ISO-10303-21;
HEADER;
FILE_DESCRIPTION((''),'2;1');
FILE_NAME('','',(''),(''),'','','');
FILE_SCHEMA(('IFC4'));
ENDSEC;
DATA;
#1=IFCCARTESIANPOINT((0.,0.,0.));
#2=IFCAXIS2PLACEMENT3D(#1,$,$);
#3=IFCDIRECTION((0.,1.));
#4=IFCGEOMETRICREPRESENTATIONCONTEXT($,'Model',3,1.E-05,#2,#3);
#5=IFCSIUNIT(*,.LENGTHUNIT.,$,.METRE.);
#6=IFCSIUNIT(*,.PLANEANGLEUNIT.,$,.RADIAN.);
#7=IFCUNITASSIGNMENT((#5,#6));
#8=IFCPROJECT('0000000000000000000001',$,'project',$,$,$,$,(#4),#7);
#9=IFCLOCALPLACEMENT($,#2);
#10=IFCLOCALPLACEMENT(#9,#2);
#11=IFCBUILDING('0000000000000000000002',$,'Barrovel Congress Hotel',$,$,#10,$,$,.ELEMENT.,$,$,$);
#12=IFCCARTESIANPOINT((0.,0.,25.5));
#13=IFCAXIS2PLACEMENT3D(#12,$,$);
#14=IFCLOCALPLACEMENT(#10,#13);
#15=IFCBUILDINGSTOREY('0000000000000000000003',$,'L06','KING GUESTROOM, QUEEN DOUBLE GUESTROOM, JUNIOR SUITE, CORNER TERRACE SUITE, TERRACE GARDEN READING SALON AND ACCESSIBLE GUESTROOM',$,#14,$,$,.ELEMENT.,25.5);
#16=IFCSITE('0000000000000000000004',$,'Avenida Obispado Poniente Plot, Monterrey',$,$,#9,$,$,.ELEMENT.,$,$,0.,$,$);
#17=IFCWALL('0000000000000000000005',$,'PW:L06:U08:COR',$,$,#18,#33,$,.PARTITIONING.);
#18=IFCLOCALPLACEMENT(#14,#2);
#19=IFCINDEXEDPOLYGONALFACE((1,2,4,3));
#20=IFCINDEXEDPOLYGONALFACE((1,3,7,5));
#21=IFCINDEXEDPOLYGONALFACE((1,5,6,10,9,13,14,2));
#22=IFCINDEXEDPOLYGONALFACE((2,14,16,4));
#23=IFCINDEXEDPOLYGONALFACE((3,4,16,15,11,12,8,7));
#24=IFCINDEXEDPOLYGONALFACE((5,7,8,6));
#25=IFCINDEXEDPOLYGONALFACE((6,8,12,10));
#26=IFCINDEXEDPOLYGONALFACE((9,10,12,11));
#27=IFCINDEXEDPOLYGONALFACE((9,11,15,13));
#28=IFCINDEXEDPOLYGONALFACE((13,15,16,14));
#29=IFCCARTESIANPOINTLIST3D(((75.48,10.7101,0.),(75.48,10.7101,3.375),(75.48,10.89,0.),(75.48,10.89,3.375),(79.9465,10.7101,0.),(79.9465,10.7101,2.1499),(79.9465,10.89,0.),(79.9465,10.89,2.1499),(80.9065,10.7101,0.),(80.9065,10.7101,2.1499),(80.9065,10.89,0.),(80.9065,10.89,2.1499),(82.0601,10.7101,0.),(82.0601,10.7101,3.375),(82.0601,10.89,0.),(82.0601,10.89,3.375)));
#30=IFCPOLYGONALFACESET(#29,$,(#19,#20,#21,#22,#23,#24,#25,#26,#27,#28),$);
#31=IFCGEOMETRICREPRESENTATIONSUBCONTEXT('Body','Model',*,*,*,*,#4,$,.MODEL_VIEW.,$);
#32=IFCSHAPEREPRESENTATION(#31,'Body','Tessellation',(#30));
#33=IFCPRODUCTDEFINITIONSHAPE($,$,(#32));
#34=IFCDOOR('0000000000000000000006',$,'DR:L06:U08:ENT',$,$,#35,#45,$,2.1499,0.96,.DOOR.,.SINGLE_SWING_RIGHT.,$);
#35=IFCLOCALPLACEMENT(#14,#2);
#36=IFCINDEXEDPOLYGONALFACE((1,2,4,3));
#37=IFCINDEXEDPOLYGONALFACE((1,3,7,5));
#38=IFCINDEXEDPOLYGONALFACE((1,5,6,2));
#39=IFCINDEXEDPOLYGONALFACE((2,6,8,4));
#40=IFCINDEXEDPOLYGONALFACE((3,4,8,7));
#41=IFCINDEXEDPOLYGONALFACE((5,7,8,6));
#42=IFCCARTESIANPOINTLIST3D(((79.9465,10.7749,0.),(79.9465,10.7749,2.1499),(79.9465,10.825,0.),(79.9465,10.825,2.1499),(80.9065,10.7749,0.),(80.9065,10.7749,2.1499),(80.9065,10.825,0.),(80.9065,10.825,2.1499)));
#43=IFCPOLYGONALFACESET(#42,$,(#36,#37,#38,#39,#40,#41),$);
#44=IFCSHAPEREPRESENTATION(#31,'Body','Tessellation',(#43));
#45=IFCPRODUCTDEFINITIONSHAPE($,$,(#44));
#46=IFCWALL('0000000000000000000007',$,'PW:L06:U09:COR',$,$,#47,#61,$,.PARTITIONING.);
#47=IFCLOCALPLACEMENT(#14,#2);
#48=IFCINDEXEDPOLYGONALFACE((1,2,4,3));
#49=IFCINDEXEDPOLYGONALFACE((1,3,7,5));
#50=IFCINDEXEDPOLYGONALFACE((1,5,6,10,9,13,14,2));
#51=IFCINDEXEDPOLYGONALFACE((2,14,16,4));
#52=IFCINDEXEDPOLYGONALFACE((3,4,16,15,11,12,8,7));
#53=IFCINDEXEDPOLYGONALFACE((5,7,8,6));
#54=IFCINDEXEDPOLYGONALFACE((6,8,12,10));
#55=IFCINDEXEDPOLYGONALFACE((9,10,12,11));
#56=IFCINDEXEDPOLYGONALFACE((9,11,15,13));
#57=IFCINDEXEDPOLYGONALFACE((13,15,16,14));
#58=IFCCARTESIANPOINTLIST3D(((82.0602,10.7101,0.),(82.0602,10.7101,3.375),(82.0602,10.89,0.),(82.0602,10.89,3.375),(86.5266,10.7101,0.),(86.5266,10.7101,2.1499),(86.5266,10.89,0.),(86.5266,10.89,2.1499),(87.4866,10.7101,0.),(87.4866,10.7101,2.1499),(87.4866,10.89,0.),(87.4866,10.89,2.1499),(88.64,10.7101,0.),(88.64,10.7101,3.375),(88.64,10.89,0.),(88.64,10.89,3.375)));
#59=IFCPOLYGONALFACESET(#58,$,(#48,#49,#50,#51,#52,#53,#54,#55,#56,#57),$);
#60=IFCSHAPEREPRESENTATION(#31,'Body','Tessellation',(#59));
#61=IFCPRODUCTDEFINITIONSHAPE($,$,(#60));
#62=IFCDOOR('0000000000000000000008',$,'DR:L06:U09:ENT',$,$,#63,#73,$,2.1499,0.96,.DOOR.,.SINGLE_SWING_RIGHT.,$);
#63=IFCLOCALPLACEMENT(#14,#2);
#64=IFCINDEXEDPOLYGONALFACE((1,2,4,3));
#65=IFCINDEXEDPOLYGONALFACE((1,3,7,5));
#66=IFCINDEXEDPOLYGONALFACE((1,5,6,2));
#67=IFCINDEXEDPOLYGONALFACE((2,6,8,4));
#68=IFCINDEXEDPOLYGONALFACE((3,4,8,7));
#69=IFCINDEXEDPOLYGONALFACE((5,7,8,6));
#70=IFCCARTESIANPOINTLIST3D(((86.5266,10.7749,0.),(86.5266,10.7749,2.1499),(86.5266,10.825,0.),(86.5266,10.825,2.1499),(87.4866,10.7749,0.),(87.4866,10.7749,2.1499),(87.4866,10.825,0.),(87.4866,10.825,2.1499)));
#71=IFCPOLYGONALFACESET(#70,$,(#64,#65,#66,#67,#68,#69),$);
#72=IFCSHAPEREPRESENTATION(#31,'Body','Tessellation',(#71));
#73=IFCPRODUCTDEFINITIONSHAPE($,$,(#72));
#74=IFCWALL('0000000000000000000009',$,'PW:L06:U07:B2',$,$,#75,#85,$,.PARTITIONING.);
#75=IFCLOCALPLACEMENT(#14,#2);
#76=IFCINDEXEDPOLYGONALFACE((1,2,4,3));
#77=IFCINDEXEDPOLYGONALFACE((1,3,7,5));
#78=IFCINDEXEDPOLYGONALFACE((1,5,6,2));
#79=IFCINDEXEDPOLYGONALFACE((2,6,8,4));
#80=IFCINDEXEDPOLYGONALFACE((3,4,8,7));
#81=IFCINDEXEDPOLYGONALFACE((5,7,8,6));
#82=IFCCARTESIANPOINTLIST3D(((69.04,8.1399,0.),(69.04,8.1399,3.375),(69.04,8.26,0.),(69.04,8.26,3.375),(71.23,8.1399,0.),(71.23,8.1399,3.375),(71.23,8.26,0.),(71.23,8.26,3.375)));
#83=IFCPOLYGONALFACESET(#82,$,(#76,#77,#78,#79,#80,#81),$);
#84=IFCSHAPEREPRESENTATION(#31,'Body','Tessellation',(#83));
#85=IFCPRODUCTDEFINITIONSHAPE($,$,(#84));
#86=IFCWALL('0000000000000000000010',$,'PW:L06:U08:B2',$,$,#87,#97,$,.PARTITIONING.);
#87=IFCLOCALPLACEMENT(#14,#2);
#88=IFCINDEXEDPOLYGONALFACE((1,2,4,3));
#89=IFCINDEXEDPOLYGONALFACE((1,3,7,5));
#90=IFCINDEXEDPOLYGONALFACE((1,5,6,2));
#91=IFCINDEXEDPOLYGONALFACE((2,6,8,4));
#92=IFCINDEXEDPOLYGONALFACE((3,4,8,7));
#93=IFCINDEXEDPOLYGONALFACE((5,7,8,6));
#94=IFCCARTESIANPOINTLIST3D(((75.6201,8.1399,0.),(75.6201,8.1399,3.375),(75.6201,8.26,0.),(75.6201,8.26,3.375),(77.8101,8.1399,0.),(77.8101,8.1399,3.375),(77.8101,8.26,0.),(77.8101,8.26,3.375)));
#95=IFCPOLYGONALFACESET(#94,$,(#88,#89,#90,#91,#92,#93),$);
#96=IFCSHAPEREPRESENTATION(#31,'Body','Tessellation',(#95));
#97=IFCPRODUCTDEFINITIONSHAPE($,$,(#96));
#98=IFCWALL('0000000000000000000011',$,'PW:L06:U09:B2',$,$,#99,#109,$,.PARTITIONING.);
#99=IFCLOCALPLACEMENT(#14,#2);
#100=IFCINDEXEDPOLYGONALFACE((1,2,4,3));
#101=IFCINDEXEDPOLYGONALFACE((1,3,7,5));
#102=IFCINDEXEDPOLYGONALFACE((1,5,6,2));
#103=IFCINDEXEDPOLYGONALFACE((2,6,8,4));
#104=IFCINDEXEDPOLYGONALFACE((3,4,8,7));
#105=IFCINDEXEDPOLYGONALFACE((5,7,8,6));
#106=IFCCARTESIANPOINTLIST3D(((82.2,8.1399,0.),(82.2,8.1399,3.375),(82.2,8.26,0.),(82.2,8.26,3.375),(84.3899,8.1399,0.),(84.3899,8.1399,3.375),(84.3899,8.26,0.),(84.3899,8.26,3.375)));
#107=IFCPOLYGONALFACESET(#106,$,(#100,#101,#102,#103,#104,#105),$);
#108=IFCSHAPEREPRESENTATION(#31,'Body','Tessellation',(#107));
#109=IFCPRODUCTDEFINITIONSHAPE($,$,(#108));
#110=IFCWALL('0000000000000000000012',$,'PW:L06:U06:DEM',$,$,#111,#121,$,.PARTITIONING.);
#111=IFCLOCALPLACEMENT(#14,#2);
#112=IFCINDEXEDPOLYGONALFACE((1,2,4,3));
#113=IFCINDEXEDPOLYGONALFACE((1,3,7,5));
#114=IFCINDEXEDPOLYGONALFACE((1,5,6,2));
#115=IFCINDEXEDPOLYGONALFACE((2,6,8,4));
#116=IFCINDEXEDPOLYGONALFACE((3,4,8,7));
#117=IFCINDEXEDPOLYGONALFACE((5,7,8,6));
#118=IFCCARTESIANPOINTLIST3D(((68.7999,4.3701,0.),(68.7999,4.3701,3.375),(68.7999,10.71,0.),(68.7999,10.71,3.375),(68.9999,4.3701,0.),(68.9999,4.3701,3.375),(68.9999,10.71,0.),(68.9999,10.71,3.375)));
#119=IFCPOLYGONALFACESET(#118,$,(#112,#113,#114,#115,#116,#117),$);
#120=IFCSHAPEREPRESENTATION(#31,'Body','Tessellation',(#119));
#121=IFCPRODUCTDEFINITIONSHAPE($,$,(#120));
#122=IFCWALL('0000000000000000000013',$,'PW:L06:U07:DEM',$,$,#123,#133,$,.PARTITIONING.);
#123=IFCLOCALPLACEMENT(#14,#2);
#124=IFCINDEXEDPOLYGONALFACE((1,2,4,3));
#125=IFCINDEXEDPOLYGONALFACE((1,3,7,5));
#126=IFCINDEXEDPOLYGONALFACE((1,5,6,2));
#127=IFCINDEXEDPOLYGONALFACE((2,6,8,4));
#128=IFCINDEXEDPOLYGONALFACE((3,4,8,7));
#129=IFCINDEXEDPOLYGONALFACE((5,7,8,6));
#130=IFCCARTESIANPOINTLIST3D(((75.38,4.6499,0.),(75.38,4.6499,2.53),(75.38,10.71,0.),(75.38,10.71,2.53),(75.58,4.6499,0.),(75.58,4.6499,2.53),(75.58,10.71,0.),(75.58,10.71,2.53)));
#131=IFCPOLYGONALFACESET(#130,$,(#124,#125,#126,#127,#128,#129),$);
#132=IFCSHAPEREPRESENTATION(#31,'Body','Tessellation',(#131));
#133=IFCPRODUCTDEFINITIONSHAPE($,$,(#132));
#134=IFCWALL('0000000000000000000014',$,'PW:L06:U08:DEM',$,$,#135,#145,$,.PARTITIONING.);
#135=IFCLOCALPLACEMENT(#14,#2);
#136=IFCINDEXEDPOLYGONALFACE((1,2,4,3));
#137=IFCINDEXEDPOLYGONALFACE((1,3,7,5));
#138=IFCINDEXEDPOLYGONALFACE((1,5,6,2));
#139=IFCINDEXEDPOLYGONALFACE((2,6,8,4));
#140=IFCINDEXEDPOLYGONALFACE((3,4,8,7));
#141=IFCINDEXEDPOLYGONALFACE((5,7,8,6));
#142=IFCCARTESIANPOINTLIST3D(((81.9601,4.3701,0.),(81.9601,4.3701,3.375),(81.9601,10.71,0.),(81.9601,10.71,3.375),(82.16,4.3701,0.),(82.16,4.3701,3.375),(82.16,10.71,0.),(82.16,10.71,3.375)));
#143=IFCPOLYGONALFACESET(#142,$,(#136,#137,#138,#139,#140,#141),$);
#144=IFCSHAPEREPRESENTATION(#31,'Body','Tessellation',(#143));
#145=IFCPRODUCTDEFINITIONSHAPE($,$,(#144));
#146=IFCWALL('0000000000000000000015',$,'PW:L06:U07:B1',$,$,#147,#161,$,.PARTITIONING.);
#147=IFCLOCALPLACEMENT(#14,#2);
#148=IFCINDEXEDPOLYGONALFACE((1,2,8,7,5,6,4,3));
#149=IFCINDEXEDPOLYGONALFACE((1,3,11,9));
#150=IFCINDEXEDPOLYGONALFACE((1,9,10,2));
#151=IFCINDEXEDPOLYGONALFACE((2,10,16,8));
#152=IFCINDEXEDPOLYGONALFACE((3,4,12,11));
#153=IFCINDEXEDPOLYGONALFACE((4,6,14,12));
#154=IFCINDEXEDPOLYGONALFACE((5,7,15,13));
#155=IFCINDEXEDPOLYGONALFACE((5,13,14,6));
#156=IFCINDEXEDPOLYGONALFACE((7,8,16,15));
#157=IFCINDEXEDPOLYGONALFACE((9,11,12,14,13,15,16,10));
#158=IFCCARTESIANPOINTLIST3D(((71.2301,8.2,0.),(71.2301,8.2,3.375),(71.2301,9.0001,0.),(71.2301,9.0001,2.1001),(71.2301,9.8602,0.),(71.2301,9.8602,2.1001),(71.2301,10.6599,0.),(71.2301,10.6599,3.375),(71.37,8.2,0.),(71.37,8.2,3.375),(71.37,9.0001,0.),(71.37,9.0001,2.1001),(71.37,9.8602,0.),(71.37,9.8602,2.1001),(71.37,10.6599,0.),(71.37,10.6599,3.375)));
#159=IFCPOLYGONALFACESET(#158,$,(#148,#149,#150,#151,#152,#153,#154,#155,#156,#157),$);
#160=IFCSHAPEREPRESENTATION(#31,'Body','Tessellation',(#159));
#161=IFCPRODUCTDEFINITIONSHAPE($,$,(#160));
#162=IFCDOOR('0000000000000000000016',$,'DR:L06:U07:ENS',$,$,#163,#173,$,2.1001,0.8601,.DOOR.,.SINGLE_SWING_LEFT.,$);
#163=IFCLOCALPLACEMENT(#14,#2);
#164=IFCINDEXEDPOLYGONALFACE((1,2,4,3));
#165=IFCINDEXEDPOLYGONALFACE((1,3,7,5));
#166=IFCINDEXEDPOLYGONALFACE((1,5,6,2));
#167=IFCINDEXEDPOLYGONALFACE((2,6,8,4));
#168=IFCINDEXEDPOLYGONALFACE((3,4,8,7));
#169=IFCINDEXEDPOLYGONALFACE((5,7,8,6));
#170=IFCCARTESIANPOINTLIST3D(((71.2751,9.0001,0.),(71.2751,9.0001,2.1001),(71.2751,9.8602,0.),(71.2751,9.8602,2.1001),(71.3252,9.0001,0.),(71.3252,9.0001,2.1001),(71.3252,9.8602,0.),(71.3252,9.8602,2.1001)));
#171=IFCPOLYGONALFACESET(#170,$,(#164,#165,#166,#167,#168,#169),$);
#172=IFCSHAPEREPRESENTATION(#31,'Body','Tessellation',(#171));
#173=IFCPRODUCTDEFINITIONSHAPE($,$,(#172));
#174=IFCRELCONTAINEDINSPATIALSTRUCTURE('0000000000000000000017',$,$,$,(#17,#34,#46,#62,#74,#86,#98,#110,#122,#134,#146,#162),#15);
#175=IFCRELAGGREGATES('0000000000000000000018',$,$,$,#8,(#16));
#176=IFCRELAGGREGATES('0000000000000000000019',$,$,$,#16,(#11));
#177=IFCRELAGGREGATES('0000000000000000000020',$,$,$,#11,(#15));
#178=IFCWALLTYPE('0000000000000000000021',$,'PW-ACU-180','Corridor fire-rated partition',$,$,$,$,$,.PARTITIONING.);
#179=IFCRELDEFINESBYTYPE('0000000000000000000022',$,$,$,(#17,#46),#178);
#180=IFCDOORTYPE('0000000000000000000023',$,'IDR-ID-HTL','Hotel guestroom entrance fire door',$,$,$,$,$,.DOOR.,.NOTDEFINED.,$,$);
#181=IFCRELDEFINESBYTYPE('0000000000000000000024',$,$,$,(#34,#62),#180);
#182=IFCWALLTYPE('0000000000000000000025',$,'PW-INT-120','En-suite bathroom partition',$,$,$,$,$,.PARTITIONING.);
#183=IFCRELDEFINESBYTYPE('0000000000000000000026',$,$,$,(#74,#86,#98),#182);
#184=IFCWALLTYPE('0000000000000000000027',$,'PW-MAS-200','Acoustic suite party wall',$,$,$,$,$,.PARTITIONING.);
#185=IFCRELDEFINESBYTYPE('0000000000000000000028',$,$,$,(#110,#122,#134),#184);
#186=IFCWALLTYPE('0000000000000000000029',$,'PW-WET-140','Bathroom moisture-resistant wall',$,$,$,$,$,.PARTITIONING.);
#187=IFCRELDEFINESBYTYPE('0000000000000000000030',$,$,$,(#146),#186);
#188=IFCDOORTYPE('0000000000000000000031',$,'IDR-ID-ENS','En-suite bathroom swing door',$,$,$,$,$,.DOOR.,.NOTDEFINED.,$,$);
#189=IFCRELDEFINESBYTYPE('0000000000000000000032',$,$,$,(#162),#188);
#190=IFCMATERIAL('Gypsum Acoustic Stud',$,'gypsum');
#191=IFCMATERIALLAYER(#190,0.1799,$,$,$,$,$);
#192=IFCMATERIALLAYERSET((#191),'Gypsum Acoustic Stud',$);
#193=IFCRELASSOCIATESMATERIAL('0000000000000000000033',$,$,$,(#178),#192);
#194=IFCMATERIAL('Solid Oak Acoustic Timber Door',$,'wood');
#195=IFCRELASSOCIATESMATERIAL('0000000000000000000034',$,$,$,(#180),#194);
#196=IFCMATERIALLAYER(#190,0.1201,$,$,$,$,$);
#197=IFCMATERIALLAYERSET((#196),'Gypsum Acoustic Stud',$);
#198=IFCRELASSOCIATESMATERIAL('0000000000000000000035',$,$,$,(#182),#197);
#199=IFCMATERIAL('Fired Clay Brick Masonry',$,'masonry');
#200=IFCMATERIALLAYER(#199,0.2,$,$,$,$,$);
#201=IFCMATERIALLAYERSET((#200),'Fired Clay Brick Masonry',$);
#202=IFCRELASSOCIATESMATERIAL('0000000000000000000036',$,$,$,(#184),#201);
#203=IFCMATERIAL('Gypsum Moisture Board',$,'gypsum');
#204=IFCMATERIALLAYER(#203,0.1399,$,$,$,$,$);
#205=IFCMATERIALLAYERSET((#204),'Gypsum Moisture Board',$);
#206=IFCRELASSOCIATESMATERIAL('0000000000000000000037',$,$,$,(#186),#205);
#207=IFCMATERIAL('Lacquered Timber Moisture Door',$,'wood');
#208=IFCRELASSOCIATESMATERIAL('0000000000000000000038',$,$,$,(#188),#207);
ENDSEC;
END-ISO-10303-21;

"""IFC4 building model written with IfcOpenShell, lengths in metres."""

from ifc_helpers import new_model, si_unit, direction, frame, frame_2d, origin, place, context, subcontext, project, spatial, rectangle, extrude, material, layer, layer_set, type_object, element, fill, save


model = new_model("IFC4")

# Units and contexts
model_context = context("Model", 3, precision=1e-05, world=origin(), true_north=direction((0.0, 1.0)))
body_context = subcontext(model_context, "Body", "Model", "MODEL_VIEW")
ifc_project = project(units=[si_unit("LENGTHUNIT", "METRE"), si_unit("PLANEANGLEUNIT", "RADIAN")], contexts=[model_context])

# Site, building, storey
site_placement = place(None, origin())
site = spatial("IfcSite", under=ifc_project, at=site_placement, Name="Avenida Obispado Poniente Plot, Monterrey", CompositionType="ELEMENT", RefElevation=0.0)
building_placement = place(site_placement, origin())
building = spatial("IfcBuilding", under=site, at=building_placement, Name="Barrovel Congress Hotel", CompositionType="ELEMENT")
storey_placement = place(building_placement, frame((0.0, 0.0, 25.5)))
storey = spatial("IfcBuildingStorey", under=building, at=storey_placement, Name="L06", Description="KING GUESTROOM, QUEEN DOUBLE GUESTROOM, JUNIOR SUITE, CORNER TERRACE SUITE, TERRACE GARDEN READING SALON AND ACCESSIBLE GUESTROOM", CompositionType="ELEMENT", Elevation=25.5)

# Walls, openings, doors
ifc_material_1 = material(Name="Gypsum Acoustic Stud", Category="gypsum")
ifc_layer_1 = layer(ifc_material_1, 0.1799)
ifc_layer_set_1 = layer_set([ifc_layer_1], Name="Gypsum Acoustic Stud")
wall_type_1 = type_object("IfcWallType", Name="PW-ACU-180", Description="Corridor fire-rated partition", PredefinedType="PARTITIONING", material=ifc_layer_set_1)
ifc_material_2 = material(Name="Solid Oak Acoustic Timber Door", Category="wood")
door_type_1 = type_object("IfcDoorType", Name="IDR-ID-HTL", Description="Hotel guestroom entrance fire door", OperationType="NOTDEFINED", PredefinedType="DOOR", material=ifc_material_2)
wall_1_placement = place(storey_placement, frame((75.48, 10.8, 0.0), z_axis=(0.0, 0.0, 1.0), x_axis=(1.0, 0.0, 0.0)))
wall_1 = element("IfcWall", 1, at=wall_1_placement, inside=storey, type_object=wall_type_1, Name="PW:L06:U08:COR", PredefinedType="PARTITIONING", context=body_context, shape_type="SweptSolid", body=[
    extrude(rectangle(XDim=6.5801, YDim=0.1799, at=frame_2d((3.29, 0.0))), origin(), (0.0, 0.0, 1.0), 3.375),
])
opening_1_placement = place(wall_1_placement, frame((4.4666, 0.0, 0.0)))
opening_1 = element("IfcOpeningElement", 2, at=opening_1_placement, cuts=wall_1, PredefinedType="OPENING", context=body_context, shape_type="SweptSolid", body=[
    extrude(rectangle(XDim=0.96, YDim=2.1499, at=frame_2d((0.48, 1.075))), frame((0.0, 0.1001, 0.0), z_axis=(0.0, -1.0, 0.0), x_axis=(1.0, 0.0, 0.0)), (0.0, 0.0, 1.0), 0.2),
])
door_1_placement = place(opening_1_placement, origin())
door_1 = element("IfcDoor", 3, at=door_1_placement, inside=storey, type_object=door_type_1, Name="DR:L06:U08:ENT", OperationType="SINGLE_SWING_RIGHT", OverallHeight=2.1499, OverallWidth=0.96, PredefinedType="DOOR", context=body_context, shape_type="SweptSolid", body=[
    extrude(rectangle(XDim=0.96, YDim=2.1499, at=frame_2d((0.48, 1.075))), frame((0.0, 0.0249, 0.0), z_axis=(0.0, -1.0, 0.0), x_axis=(1.0, 0.0, 0.0)), (0.0, 0.0, 1.0), 0.05),
])
fill(opening_1, door_1)
wall_2_placement = place(storey_placement, frame((82.0601, 10.8, 0.0), z_axis=(0.0, 0.0, 1.0), x_axis=(1.0, 0.0, 0.0)))
wall_2 = element("IfcWall", 4, at=wall_2_placement, inside=storey, type_object=wall_type_1, Name="PW:L06:U09:COR", PredefinedType="PARTITIONING", context=body_context, shape_type="SweptSolid", body=[
    extrude(rectangle(XDim=6.5798, YDim=0.1799, at=frame_2d((3.29, 0.0))), origin(), (0.0, 0.0, 1.0), 3.375),
])
opening_2_placement = place(wall_2_placement, frame((4.4666, 0.0, 0.0)))
opening_2 = element("IfcOpeningElement", 5, at=opening_2_placement, cuts=wall_2, PredefinedType="OPENING", context=body_context, shape_type="SweptSolid", body=[
    extrude(rectangle(XDim=0.96, YDim=2.1499, at=frame_2d((0.48, 1.075))), frame((0.0, 0.1001, 0.0), z_axis=(0.0, -1.0, 0.0), x_axis=(1.0, 0.0, 0.0)), (0.0, 0.0, 1.0), 0.2),
])
door_2_placement = place(opening_2_placement, origin())
door_2 = element("IfcDoor", 6, at=door_2_placement, inside=storey, type_object=door_type_1, Name="DR:L06:U09:ENT", OperationType="SINGLE_SWING_RIGHT", OverallHeight=2.1499, OverallWidth=0.96, PredefinedType="DOOR", context=body_context, shape_type="SweptSolid", body=[
    extrude(rectangle(XDim=0.96, YDim=2.1499, at=frame_2d((0.48, 1.075))), frame((0.0, 0.0249, 0.0), z_axis=(0.0, -1.0, 0.0), x_axis=(1.0, 0.0, 0.0)), (0.0, 0.0, 1.0), 0.05),
])
fill(opening_2, door_2)

# Walls
ifc_layer_2 = layer(ifc_material_1, 0.1201)
ifc_layer_set_2 = layer_set([ifc_layer_2], Name="Gypsum Acoustic Stud")
wall_type_2 = type_object("IfcWallType", Name="PW-INT-120", Description="En-suite bathroom partition", PredefinedType="PARTITIONING", material=ifc_layer_set_2)
for number, where, z_axis, x_axis, name in (
    (7, (69.04, 8.2, 0.0), (0.0, 0.0, 1.0), (1.0, 0.0, 0.0), "PW:L06:U07:B2"),
    (8, (75.6201, 8.2, 0.0), (0.0, 0.0, 1.0), (1.0, 0.0, 0.0), "PW:L06:U08:B2"),
    (9, (82.2, 8.2, 0.0), (0.0, 0.0, 1.0), (1.0, 0.0, 0.0), "PW:L06:U09:B2"),
):
    element("IfcWall", number, at=place(storey_placement, frame(where, z_axis=z_axis, x_axis=x_axis)), inside=storey, type_object=wall_type_2, Name=name, PredefinedType="PARTITIONING", context=body_context, shape_type="SweptSolid", body=[
        extrude(rectangle(XDim=2.1899, YDim=0.1201, at=frame_2d((1.095, 0.0))), origin(), (0.0, 0.0, 1.0), 3.375),
    ])
ifc_material_3 = material(Name="Fired Clay Brick Masonry", Category="masonry")
ifc_layer_3 = layer(ifc_material_3, 0.2)
ifc_layer_set_3 = layer_set([ifc_layer_3], Name="Fired Clay Brick Masonry")
wall_type_3 = type_object("IfcWallType", Name="PW-MAS-200", Description="Acoustic suite party wall", PredefinedType="PARTITIONING", material=ifc_layer_set_3)
wall_3_placement = place(storey_placement, frame((68.8999, 4.3701, 0.0), z_axis=(0.0, 0.0, 1.0), x_axis=(0.0, 1.0, 0.0)))
element("IfcWall", 10, at=wall_3_placement, inside=storey, type_object=wall_type_3, Name="PW:L06:U06:DEM", PredefinedType="PARTITIONING", context=body_context, shape_type="SweptSolid", body=[
    extrude(rectangle(XDim=6.3398, YDim=0.2, at=frame_2d((3.1699, 0.0))), origin(), (0.0, 0.0, 1.0), 3.375),
])
wall_4_placement = place(storey_placement, frame((75.48, 4.6499, 0.0), z_axis=(0.0, 0.0, 1.0), x_axis=(0.0, 1.0, 0.0)))
element("IfcWall", 11, at=wall_4_placement, inside=storey, type_object=wall_type_3, Name="PW:L06:U07:DEM", PredefinedType="PARTITIONING", context=body_context, shape_type="SweptSolid", body=[
    extrude(rectangle(XDim=6.0601, YDim=0.2, at=frame_2d((3.03, 0.0))), origin(), (0.0, 0.0, 1.0), 2.53),
])
wall_5_placement = place(storey_placement, frame((82.0601, 4.3701, 0.0), z_axis=(0.0, 0.0, 1.0), x_axis=(0.0, 1.0, 0.0)))
element("IfcWall", 12, at=wall_5_placement, inside=storey, type_object=wall_type_3, Name="PW:L06:U08:DEM", PredefinedType="PARTITIONING", context=body_context, shape_type="SweptSolid", body=[
    extrude(rectangle(XDim=6.3398, YDim=0.2, at=frame_2d((3.1699, 0.0))), origin(), (0.0, 0.0, 1.0), 3.375),
])

# Wall, opening, door
ifc_material_4 = material(Name="Gypsum Moisture Board", Category="gypsum")
ifc_layer_4 = layer(ifc_material_4, 0.1399)
ifc_layer_set_4 = layer_set([ifc_layer_4], Name="Gypsum Moisture Board")
wall_type_4 = type_object("IfcWallType", Name="PW-WET-140", Description="Bathroom moisture-resistant wall", PredefinedType="PARTITIONING", material=ifc_layer_set_4)
wall_6_placement = place(storey_placement, frame((71.3, 8.2, 0.0), z_axis=(0.0, 0.0, 1.0), x_axis=(0.0, 1.0, 0.0)))
wall_6 = element("IfcWall", 13, at=wall_6_placement, inside=storey, type_object=wall_type_4, Name="PW:L06:U07:B1", PredefinedType="PARTITIONING", context=body_context, shape_type="SweptSolid", body=[
    extrude(rectangle(XDim=2.46, YDim=0.1399, at=frame_2d((1.23, 0.0))), origin(), (0.0, 0.0, 1.0), 3.375),
])
opening_3_placement = place(wall_6_placement, frame((0.8, 0.0, 0.0)))
opening_3 = element("IfcOpeningElement", 14, at=opening_3_placement, cuts=wall_6, PredefinedType="OPENING", context=body_context, shape_type="SweptSolid", body=[
    extrude(rectangle(XDim=0.8601, YDim=2.1001, at=frame_2d((0.4302, 1.05))), frame((0.0, 0.0801, 0.0), z_axis=(0.0, -1.0, 0.0), x_axis=(1.0, 0.0, 0.0)), (0.0, 0.0, 1.0), 0.1599),
])
ifc_material_5 = material(Name="Lacquered Timber Moisture Door", Category="wood")
door_type_2 = type_object("IfcDoorType", Name="IDR-ID-ENS", Description="En-suite bathroom swing door", OperationType="NOTDEFINED", PredefinedType="DOOR", material=ifc_material_5)
door_3_placement = place(opening_3_placement, origin())
door_3 = element("IfcDoor", 15, at=door_3_placement, inside=storey, type_object=door_type_2, Name="DR:L06:U07:ENS", OperationType="SINGLE_SWING_LEFT", OverallHeight=2.1001, OverallWidth=0.8601, PredefinedType="DOOR", context=body_context, shape_type="SweptSolid", body=[
    extrude(rectangle(XDim=0.8601, YDim=2.1001, at=frame_2d((0.4302, 1.05))), frame((0.0, 0.0249, 0.0), z_axis=(0.0, -1.0, 0.0), x_axis=(1.0, 0.0, 0.0)), (0.0, 0.0, 1.0), 0.05),
])
fill(opening_3, door_3)

save(model, "model.ifc")
